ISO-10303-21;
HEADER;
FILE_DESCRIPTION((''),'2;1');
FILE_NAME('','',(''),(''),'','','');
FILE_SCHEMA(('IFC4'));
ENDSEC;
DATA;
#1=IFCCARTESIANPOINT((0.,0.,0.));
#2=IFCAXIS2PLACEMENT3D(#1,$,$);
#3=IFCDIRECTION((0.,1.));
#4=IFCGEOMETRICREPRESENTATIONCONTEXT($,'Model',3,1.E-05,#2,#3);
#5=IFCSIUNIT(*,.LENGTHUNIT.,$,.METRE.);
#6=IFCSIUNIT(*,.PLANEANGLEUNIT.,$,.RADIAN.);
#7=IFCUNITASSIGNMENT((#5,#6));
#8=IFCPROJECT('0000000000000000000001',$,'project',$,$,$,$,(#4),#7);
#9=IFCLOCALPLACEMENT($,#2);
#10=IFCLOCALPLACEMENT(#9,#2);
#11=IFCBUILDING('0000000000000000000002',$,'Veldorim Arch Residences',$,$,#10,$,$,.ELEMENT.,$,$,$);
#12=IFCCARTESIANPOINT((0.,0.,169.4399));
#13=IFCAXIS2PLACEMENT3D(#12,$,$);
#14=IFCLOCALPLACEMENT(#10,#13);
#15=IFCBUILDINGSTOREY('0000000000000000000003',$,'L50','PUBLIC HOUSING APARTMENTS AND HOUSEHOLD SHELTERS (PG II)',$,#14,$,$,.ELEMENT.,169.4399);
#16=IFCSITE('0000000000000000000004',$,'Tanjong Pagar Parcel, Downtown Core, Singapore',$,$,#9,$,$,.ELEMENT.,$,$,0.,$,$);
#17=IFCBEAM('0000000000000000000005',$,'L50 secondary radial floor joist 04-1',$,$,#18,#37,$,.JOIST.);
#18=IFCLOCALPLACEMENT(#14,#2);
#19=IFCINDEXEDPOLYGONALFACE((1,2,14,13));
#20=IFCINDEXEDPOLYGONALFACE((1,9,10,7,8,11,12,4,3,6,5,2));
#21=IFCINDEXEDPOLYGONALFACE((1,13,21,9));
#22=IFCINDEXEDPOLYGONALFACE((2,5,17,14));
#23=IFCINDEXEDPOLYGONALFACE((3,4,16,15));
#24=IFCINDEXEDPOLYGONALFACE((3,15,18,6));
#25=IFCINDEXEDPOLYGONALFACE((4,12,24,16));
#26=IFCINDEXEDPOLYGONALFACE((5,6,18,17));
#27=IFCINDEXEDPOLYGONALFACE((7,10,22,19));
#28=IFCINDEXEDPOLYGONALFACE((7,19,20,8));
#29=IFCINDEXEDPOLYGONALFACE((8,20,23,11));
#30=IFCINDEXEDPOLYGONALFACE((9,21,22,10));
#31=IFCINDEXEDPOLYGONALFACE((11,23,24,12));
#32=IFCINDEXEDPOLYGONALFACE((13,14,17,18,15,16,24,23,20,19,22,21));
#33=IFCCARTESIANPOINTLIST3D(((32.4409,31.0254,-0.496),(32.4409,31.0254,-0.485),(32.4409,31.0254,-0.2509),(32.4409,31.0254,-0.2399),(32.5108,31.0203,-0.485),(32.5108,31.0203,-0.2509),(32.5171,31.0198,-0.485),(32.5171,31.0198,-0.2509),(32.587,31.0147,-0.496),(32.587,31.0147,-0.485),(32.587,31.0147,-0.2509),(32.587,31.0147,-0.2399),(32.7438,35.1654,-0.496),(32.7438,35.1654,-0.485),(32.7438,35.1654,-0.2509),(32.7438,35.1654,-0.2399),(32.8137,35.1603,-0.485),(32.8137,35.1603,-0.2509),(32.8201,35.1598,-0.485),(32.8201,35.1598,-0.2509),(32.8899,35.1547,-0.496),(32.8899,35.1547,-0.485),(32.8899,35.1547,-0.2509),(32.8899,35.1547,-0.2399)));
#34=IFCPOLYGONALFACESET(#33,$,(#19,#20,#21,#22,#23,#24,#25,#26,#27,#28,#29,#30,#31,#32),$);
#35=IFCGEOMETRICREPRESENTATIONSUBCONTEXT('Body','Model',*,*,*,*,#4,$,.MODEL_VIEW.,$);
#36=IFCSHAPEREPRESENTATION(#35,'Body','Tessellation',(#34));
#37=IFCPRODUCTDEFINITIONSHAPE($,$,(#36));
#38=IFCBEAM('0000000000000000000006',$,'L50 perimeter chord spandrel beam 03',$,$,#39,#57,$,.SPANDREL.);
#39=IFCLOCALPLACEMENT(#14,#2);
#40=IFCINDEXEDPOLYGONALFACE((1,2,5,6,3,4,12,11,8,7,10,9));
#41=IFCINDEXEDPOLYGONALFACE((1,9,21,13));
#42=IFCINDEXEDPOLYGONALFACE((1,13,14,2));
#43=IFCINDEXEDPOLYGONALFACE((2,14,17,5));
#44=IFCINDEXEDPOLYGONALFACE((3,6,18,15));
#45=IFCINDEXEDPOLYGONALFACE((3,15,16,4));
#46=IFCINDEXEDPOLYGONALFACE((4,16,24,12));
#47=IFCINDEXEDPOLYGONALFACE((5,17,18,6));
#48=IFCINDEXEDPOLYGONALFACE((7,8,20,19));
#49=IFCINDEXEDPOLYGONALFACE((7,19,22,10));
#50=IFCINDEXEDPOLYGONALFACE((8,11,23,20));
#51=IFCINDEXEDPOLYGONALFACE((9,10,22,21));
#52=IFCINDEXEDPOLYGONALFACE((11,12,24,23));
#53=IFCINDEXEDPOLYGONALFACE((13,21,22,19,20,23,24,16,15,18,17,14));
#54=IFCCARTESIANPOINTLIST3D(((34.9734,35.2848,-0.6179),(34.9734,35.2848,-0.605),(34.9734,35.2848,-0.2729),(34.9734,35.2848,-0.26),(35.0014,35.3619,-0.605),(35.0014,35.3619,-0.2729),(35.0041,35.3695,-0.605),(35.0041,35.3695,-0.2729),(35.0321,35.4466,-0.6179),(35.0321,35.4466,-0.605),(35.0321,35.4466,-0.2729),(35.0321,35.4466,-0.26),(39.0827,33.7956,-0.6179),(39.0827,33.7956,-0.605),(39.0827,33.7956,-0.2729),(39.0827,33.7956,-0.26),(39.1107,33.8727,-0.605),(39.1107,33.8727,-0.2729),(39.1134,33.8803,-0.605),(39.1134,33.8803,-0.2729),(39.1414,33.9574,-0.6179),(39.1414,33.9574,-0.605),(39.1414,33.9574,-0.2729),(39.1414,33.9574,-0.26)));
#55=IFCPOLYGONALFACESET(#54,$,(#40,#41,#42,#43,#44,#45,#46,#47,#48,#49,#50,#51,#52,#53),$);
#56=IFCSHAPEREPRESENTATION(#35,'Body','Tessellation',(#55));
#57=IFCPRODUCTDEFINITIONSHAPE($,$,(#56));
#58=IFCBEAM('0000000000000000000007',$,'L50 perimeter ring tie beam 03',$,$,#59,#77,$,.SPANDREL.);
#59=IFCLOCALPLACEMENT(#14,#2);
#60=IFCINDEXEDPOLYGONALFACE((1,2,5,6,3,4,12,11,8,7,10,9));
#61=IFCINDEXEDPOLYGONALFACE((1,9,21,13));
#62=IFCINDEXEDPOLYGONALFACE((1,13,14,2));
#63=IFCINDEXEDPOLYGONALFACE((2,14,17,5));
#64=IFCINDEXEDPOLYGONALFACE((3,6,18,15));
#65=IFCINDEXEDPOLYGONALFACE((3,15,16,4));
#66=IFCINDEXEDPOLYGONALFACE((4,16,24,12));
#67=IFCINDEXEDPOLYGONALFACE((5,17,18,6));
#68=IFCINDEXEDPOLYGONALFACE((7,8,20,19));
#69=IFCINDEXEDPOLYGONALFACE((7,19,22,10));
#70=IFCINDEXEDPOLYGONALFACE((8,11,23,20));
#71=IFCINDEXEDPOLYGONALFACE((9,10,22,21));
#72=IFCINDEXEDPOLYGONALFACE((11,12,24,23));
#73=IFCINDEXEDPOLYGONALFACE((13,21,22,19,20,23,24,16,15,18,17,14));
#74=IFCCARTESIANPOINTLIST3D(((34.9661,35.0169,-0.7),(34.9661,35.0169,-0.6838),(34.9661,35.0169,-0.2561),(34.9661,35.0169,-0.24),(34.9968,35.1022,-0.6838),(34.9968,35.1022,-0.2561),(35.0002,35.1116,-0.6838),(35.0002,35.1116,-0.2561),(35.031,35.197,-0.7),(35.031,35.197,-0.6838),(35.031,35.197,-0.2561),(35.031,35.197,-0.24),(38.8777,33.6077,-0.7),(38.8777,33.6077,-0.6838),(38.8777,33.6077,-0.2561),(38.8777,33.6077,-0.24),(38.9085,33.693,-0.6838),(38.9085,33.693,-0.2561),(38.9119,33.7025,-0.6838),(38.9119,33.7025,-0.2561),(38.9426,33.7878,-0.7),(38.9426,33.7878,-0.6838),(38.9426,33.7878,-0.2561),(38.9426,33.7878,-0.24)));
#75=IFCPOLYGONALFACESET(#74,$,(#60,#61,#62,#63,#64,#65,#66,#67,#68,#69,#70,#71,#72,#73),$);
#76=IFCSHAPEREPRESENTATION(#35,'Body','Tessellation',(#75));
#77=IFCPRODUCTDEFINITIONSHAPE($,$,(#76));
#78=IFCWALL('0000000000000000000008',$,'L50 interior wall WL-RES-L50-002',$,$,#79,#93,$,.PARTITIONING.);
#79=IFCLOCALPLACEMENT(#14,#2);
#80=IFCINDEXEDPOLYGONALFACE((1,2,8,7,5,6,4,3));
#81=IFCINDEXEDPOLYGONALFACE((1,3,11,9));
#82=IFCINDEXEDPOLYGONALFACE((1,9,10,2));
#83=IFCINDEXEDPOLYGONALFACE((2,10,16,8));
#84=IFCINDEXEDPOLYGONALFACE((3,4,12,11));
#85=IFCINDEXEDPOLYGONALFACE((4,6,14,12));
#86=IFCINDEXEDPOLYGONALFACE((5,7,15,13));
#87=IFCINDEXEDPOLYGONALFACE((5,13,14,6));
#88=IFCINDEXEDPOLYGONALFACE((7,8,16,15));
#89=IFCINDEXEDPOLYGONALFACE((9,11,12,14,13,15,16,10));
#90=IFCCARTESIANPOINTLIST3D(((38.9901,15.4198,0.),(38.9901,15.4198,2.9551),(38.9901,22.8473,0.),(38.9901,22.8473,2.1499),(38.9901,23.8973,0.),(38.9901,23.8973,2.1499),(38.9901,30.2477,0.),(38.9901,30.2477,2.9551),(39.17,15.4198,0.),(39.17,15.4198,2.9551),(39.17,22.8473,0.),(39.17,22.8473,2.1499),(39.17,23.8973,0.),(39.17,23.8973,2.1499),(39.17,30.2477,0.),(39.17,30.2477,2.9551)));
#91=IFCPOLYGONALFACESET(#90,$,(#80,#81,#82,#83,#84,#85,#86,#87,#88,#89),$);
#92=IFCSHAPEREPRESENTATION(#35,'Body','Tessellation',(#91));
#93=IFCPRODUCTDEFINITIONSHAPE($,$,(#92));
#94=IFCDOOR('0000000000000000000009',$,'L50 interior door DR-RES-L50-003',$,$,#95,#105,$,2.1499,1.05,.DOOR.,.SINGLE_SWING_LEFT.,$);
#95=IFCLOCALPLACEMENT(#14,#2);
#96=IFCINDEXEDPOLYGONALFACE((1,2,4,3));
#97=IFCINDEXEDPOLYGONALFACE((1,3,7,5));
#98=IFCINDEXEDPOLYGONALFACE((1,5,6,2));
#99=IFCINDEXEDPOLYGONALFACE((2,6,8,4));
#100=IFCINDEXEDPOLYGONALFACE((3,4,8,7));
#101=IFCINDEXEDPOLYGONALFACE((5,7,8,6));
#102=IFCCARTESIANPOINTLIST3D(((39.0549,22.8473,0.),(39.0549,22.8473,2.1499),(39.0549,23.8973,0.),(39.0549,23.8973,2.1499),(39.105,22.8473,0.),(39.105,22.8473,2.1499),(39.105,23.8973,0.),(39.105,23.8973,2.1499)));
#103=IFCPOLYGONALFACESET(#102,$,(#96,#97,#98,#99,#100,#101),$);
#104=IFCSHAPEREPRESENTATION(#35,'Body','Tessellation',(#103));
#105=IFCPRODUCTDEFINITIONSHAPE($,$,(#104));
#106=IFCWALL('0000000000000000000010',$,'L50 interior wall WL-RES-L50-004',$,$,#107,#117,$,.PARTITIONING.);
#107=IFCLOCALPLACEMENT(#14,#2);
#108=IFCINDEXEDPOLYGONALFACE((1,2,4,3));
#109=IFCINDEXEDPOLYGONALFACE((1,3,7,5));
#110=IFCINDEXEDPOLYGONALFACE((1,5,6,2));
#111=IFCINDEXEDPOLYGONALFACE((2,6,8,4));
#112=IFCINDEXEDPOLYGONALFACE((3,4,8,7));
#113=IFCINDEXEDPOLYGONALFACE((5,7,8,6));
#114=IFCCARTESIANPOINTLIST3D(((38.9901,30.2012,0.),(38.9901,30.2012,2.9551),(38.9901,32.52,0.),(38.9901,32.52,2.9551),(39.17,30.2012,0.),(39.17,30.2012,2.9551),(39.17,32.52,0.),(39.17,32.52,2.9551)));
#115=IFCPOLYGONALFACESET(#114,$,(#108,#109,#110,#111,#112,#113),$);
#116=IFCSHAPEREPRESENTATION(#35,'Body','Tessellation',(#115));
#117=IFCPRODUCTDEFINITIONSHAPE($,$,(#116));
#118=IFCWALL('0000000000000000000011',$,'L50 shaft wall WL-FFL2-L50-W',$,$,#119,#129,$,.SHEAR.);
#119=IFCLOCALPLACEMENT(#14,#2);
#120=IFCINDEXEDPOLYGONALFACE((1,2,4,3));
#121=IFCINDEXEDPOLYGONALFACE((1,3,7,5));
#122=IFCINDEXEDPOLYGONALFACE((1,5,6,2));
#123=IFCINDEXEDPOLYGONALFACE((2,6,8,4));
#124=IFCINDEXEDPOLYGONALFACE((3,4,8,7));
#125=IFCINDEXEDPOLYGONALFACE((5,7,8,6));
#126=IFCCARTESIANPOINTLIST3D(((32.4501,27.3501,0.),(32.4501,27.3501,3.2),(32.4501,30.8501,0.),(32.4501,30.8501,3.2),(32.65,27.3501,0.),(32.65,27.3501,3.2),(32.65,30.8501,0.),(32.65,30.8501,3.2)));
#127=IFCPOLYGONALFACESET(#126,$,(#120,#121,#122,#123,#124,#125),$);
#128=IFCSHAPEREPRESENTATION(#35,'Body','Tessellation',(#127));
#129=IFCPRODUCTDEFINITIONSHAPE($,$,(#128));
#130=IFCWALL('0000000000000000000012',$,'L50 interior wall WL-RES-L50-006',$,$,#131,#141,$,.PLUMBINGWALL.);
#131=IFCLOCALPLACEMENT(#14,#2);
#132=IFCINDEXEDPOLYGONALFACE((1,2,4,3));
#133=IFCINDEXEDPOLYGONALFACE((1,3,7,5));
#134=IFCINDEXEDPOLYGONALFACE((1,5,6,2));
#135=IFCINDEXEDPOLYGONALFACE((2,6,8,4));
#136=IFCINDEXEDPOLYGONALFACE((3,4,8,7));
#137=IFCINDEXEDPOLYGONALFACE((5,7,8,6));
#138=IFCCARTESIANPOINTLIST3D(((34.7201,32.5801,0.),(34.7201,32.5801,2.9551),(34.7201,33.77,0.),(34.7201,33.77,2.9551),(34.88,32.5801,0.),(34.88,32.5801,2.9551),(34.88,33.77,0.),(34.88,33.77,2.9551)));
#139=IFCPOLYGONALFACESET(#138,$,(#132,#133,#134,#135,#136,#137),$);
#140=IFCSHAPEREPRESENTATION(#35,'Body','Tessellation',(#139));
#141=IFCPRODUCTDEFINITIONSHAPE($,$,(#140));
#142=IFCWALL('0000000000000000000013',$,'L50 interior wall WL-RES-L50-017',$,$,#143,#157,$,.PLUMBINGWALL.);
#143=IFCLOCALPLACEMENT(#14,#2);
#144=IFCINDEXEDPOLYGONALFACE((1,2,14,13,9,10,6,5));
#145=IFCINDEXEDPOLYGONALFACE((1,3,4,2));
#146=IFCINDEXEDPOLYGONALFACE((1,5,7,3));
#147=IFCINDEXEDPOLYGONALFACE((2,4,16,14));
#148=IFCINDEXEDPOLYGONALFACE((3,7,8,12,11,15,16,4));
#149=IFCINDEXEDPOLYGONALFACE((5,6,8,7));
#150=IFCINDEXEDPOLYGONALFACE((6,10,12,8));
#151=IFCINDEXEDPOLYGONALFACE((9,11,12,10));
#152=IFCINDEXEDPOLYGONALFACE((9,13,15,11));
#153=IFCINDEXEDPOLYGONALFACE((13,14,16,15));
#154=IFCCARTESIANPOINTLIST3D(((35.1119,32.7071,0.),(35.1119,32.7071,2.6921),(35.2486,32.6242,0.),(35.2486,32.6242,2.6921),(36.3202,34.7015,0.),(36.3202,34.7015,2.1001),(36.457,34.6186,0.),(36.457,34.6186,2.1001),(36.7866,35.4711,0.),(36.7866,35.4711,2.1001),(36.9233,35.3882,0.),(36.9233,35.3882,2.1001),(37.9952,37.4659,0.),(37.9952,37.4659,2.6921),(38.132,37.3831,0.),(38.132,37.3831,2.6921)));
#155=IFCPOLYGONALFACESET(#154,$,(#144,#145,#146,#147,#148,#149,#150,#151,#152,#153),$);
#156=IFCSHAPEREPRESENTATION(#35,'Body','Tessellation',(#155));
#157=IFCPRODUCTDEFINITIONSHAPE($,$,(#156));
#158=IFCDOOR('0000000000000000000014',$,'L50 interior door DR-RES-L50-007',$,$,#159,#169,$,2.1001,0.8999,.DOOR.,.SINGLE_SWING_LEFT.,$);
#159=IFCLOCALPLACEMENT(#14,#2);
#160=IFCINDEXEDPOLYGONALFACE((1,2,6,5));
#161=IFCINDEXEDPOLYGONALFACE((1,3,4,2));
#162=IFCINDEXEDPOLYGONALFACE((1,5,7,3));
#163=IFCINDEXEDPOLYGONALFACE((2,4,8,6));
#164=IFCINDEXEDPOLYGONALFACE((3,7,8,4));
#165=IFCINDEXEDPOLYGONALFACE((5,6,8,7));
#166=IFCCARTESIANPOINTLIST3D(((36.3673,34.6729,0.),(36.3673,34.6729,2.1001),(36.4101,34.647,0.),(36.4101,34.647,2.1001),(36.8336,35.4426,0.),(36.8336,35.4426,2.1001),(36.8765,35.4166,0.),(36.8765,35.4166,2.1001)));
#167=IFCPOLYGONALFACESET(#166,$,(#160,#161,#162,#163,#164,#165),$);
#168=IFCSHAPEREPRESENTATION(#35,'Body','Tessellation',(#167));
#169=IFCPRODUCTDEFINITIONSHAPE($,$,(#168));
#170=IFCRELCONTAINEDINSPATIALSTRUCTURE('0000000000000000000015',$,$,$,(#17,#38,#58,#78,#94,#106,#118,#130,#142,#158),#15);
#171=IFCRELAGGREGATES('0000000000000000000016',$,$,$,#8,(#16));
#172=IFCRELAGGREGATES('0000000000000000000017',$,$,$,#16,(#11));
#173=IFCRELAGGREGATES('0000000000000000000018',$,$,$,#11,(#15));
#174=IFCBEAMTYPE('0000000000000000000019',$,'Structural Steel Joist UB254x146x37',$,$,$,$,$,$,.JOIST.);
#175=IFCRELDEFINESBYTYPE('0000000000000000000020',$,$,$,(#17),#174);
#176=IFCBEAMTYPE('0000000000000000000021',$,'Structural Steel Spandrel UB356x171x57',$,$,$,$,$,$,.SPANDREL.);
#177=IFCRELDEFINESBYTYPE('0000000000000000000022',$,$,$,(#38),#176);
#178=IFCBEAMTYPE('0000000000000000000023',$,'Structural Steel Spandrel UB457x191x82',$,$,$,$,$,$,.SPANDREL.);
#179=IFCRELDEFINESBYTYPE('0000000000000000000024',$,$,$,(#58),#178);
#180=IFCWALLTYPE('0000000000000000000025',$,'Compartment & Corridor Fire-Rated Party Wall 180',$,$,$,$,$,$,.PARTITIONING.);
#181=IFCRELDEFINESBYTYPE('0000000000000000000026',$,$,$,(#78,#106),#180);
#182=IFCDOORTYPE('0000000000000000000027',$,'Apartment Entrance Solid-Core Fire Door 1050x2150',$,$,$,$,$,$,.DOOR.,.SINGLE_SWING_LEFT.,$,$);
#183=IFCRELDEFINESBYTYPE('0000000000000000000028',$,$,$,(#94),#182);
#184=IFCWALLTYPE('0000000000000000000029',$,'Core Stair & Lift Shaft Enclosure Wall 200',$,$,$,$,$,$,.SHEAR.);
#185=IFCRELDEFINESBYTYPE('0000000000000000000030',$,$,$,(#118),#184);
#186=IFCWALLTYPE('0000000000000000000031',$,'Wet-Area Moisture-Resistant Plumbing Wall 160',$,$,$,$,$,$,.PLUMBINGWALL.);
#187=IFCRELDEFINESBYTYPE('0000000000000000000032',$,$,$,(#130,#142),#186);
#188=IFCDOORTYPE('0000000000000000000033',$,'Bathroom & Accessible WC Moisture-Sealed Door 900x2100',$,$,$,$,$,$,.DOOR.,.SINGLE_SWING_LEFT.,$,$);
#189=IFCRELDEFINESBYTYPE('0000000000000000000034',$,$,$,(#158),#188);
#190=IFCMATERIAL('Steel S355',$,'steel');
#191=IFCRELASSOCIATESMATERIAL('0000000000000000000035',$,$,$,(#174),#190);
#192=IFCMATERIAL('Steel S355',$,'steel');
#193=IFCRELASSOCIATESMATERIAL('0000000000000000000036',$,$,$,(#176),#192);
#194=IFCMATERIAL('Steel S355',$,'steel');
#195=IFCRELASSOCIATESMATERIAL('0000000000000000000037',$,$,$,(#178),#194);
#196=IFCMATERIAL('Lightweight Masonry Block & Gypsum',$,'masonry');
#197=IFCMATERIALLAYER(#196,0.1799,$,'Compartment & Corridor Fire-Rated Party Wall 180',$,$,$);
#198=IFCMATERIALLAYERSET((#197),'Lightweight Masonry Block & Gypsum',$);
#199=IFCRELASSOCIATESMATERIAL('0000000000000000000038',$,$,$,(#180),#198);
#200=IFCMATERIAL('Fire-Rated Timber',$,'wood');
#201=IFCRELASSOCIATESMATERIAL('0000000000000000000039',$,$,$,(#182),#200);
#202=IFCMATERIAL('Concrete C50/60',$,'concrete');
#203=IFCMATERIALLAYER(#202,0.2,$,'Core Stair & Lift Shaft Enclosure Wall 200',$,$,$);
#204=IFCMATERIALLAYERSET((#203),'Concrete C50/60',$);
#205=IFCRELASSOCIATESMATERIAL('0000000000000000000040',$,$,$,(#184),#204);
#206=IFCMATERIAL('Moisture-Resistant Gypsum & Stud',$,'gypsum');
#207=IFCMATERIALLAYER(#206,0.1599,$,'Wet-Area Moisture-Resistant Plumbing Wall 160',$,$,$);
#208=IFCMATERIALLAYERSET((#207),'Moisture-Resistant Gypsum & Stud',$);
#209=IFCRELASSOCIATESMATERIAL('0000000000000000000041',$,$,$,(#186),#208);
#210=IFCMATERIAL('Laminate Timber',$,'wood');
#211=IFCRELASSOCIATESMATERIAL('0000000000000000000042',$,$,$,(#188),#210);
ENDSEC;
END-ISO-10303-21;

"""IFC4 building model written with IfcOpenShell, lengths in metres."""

from ifc_helpers import new_model, si_unit, direction, frame, frame_2d, origin, origin_2d, place, context, subcontext, project, spatial, rectangle, i_section, extrude, material, layer, layer_set, material_profile, profile_set, type_object, element, fill, save


model = new_model("IFC4")

# Units and contexts
model_context = context("Model", 3, precision=1e-05, world=origin(), true_north=direction((0.0, 1.0)))
body_context = subcontext(model_context, "Body", "Model", "MODEL_VIEW")
ifc_project = project(units=[si_unit("LENGTHUNIT", "METRE"), si_unit("PLANEANGLEUNIT", "RADIAN")], contexts=[model_context])

# Site, building, storey
site_placement = place(None, origin())
site = spatial("IfcSite", under=ifc_project, at=site_placement, Name="Tanjong Pagar Parcel, Downtown Core, Singapore", CompositionType="ELEMENT", RefElevation=0.0)
building_placement = place(site_placement, origin())
building = spatial("IfcBuilding", under=site, at=building_placement, Name="Veldorim Arch Residences", CompositionType="ELEMENT")
storey_placement = place(building_placement, frame((0.0, 0.0, 169.4399)))
storey = spatial("IfcBuildingStorey", under=building, at=storey_placement, Name="L50", Description="PUBLIC HOUSING APARTMENTS AND HOUSEHOLD SHELTERS (PG II)", CompositionType="ELEMENT", Elevation=169.4399)

# Beams
ifc_material_1 = material(Name="Steel S355", Category="steel")
ifc_material_profile_1 = material_profile(ifc_material_1, i_section(OverallWidth=0.1465, OverallDepth=0.2561, WebThickness=0.0063, FlangeThickness=0.011, at=origin_2d()), Name="UB254x146x37")
ifc_profile_set_1 = profile_set([ifc_material_profile_1], Name="Steel S355")
beam_type_1 = type_object("IfcBeamType", Name="Structural Steel Joist UB254x146x37", PredefinedType="JOIST", material=ifc_profile_set_1)
beam_1_placement = place(storey_placement, frame((32.5139, 31.02, -0.3679), z_axis=(0.072986, 0.997333, 0.0), x_axis=(-0.997333, 0.072986, 0.0)))
element("IfcBeam", 1, at=beam_1_placement, inside=storey, type_object=beam_type_1, Name="L50 secondary radial floor joist 04-1", PredefinedType="JOIST", context=body_context, shape_type="SweptSolid", body=[
    extrude(i_section(OverallWidth=0.1465, OverallDepth=0.2561, WebThickness=0.0063, FlangeThickness=0.011, at=origin_2d()), origin(), (0.0, 0.0, 1.0), 4.1511),
])
ifc_material_2 = material(Name="Steel S355", Category="steel")
ifc_material_profile_2 = material_profile(ifc_material_2, i_section(OverallWidth=0.1721, OverallDepth=0.3579, WebThickness=0.0081, FlangeThickness=0.0129, at=origin_2d()), Name="UB356x171x57")
ifc_profile_set_2 = profile_set([ifc_material_profile_2], Name="Steel S355")
beam_type_2 = type_object("IfcBeamType", Name="Structural Steel Spandrel UB356x171x57", PredefinedType="SPANDREL", material=ifc_profile_set_2)
beam_2_placement = place(storey_placement, frame((39.1121, 33.8765, -0.439), z_axis=(-0.940165, 0.34072, 0.0), x_axis=(-0.34072, -0.940165, 0.0)))
element("IfcBeam", 2, at=beam_2_placement, inside=storey, type_object=beam_type_2, Name="L50 perimeter chord spandrel beam 03", PredefinedType="SPANDREL", context=body_context, shape_type="SweptSolid", body=[
    extrude(i_section(OverallWidth=0.1721, OverallDepth=0.3579, WebThickness=0.0081, FlangeThickness=0.0129, at=origin_2d()), origin(), (0.0, 0.0, 1.0), 4.3708),
])
ifc_material_3 = material(Name="Steel S355", Category="steel")
ifc_material_profile_3 = material_profile(ifc_material_3, i_section(OverallWidth=0.1914, OverallDepth=0.46, WebThickness=0.01, FlangeThickness=0.0161, at=origin_2d()), Name="UB457x191x82")
ifc_profile_set_3 = profile_set([ifc_material_profile_3], Name="Steel S355")
beam_type_3 = type_object("IfcBeamType", Name="Structural Steel Spandrel UB457x191x82", PredefinedType="SPANDREL", material=ifc_profile_set_3)
beam_3_placement = place(storey_placement, frame((38.9102, 33.6978, -0.47), z_axis=(-0.940811, 0.338932, 0.0), x_axis=(-0.338932, -0.940811, 0.0)))
element("IfcBeam", 3, at=beam_3_placement, inside=storey, type_object=beam_type_3, Name="L50 perimeter ring tie beam 03", PredefinedType="SPANDREL", context=body_context, shape_type="SweptSolid", body=[
    extrude(i_section(OverallWidth=0.1914, OverallDepth=0.46, WebThickness=0.01, FlangeThickness=0.0161, at=origin_2d()), origin(), (0.0, 0.0, 1.0), 4.1577),
])

# Wall, opening, door
ifc_material_4 = material(Name="Lightweight Masonry Block & Gypsum", Category="masonry")
ifc_layer_1 = layer(ifc_material_4, 0.1799, Name="Compartment & Corridor Fire-Rated Party Wall 180")
ifc_layer_set_1 = layer_set([ifc_layer_1], Name="Lightweight Masonry Block & Gypsum")
wall_type_1 = type_object("IfcWallType", Name="Compartment & Corridor Fire-Rated Party Wall 180", PredefinedType="PARTITIONING", material=ifc_layer_set_1)
wall_1_placement = place(storey_placement, frame((39.0801, 30.2478, 0.0), z_axis=(0.0, 0.0, 1.0), x_axis=(0.0, -1.0, 0.0)))
wall_1 = element("IfcWall", 4, at=wall_1_placement, inside=storey, type_object=wall_type_1, Name="L50 interior wall WL-RES-L50-002", PredefinedType="PARTITIONING", context=body_context, shape_type="SweptSolid", body=[
    extrude(rectangle(XDim=14.8279, YDim=0.1799, at=frame_2d((7.4141, 0.0))), origin(), (0.0, 0.0, 1.0), 2.9551),
])
opening_1_placement = place(wall_1_placement, frame((6.3506, 0.0, 0.0)))
opening_1 = element("IfcOpeningElement", 5, at=opening_1_placement, cuts=wall_1, PredefinedType="OPENING", context=body_context, shape_type="SweptSolid", body=[
    extrude(rectangle(XDim=1.05, YDim=2.1499, at=frame_2d((0.5249, 1.075))), frame((0.0, 0.0999, 0.0), z_axis=(0.0, -1.0, 0.0), x_axis=(1.0, 0.0, 0.0)), (0.0, 0.0, 1.0), 0.2),
])
ifc_material_5 = material(Name="Fire-Rated Timber", Category="wood")
door_type_1 = type_object("IfcDoorType", Name="Apartment Entrance Solid-Core Fire Door 1050x2150", OperationType="SINGLE_SWING_LEFT", PredefinedType="DOOR", material=ifc_material_5)
door_1_placement = place(opening_1_placement, origin())
door_1 = element("IfcDoor", 6, at=door_1_placement, inside=storey, type_object=door_type_1, Name="L50 interior door DR-RES-L50-003", OperationType="SINGLE_SWING_LEFT", OverallHeight=2.1499, OverallWidth=1.05, PredefinedType="DOOR", context=body_context, shape_type="SweptSolid", body=[
    extrude(rectangle(XDim=1.05, YDim=2.1499, at=frame_2d((0.5249, 1.075))), frame((0.0, 0.0249, 0.0), z_axis=(0.0, -1.0, 0.0), x_axis=(1.0, 0.0, 0.0)), (0.0, 0.0, 1.0), 0.05),
])
fill(opening_1, door_1)

# Wall
wall_2_placement = place(storey_placement, frame((39.0801, 32.52, 0.0), z_axis=(0.0, 0.0, 1.0), x_axis=(0.0, -1.0, 0.0)))
element("IfcWall", 7, at=wall_2_placement, inside=storey, type_object=wall_type_1, Name="L50 interior wall WL-RES-L50-004", PredefinedType="PARTITIONING", context=body_context, shape_type="SweptSolid", body=[
    extrude(rectangle(XDim=2.3188, YDim=0.1799, at=frame_2d((1.1594, 0.0))), origin(), (0.0, 0.0, 1.0), 2.9551),
])

# Shared definitions
ifc_material_6 = material(Name="Concrete C50/60", Category="concrete")
ifc_layer_2 = layer(ifc_material_6, 0.2, Name="Core Stair & Lift Shaft Enclosure Wall 200")
ifc_layer_set_2 = layer_set([ifc_layer_2], Name="Concrete C50/60")
wall_type_2 = type_object("IfcWallType", Name="Core Stair & Lift Shaft Enclosure Wall 200", PredefinedType="SHEAR", material=ifc_layer_set_2)

# Walls
wall_3_placement = place(storey_placement, frame((32.55, 27.3501, 0.0), z_axis=(0.0, 0.0, 1.0), x_axis=(0.0, 1.0, 0.0)))
element("IfcWall", 8, at=wall_3_placement, inside=storey, type_object=wall_type_2, Name="L50 shaft wall WL-FFL2-L50-W", PredefinedType="SHEAR", context=body_context, shape_type="SweptSolid", body=[
    extrude(rectangle(XDim=3.5, YDim=0.2, at=frame_2d((1.75, 0.0))), origin(), (0.0, 0.0, 1.0), 3.2),
])
ifc_material_7 = material(Name="Moisture-Resistant Gypsum & Stud", Category="gypsum")
ifc_layer_3 = layer(ifc_material_7, 0.1599, Name="Wet-Area Moisture-Resistant Plumbing Wall 160")
ifc_layer_set_3 = layer_set([ifc_layer_3], Name="Moisture-Resistant Gypsum & Stud")
wall_type_3 = type_object("IfcWallType", Name="Wet-Area Moisture-Resistant Plumbing Wall 160", PredefinedType="PLUMBINGWALL", material=ifc_layer_set_3)
wall_4_placement = place(storey_placement, frame((34.8, 33.77, 0.0), z_axis=(0.0, 0.0, 1.0), x_axis=(0.0, -1.0, 0.0)))
element("IfcWall", 9, at=wall_4_placement, inside=storey, type_object=wall_type_3, Name="L50 interior wall WL-RES-L50-006", PredefinedType="PLUMBINGWALL", context=body_context, shape_type="SweptSolid", body=[
    extrude(rectangle(XDim=1.1899, YDim=0.1599, at=frame_2d((0.595, 0.0))), origin(), (0.0, 0.0, 1.0), 2.9551),
])

# Wall, opening, door
wall_5_placement = place(storey_placement, frame((35.1802, 32.6655, 0.0), z_axis=(0.0, 0.0, 1.0), x_axis=(0.518195, 0.855263, 0.0)))
wall_5 = element("IfcWall", 10, at=wall_5_placement, inside=storey, type_object=wall_type_3, Name="L50 interior wall WL-RES-L50-017", PredefinedType="PLUMBINGWALL", context=body_context, shape_type="SweptSolid", body=[
    extrude(rectangle(XDim=5.5642, YDim=0.1599, at=frame_2d((2.7822, 0.0))), origin(), (0.0, 0.0, 1.0), 2.6921),
])
opening_2_placement = place(wall_5_placement, frame((2.332, 0.0, 0.0)))
opening_2 = element("IfcOpeningElement", 11, at=opening_2_placement, cuts=wall_5, PredefinedType="OPENING", context=body_context, shape_type="SweptSolid", body=[
    extrude(rectangle(XDim=0.8999, YDim=2.1001, at=frame_2d((0.45, 1.05))), frame((0.0, 0.0898, 0.0), z_axis=(0.0, -1.0, 0.0), x_axis=(1.0, 0.0, 0.0)), (0.0, 0.0, 1.0), 0.1799),
])
ifc_material_8 = material(Name="Laminate Timber", Category="wood")
door_type_2 = type_object("IfcDoorType", Name="Bathroom & Accessible WC Moisture-Sealed Door 900x2100", OperationType="SINGLE_SWING_LEFT", PredefinedType="DOOR", material=ifc_material_8)
door_2_placement = place(opening_2_placement, origin())
door_2 = element("IfcDoor", 12, at=door_2_placement, inside=storey, type_object=door_type_2, Name="L50 interior door DR-RES-L50-007", OperationType="SINGLE_SWING_LEFT", OverallHeight=2.1001, OverallWidth=0.8999, PredefinedType="DOOR", context=body_context, shape_type="SweptSolid", body=[
    extrude(rectangle(XDim=0.8999, YDim=2.1001, at=frame_2d((0.45, 1.05))), frame((0.0, 0.0249, 0.0), z_axis=(0.0, -1.0, 0.0), x_axis=(1.0, 0.0, 0.0)), (0.0, 0.0, 1.0), 0.05),
])
fill(opening_2, door_2)

save(model, "model.ifc")
